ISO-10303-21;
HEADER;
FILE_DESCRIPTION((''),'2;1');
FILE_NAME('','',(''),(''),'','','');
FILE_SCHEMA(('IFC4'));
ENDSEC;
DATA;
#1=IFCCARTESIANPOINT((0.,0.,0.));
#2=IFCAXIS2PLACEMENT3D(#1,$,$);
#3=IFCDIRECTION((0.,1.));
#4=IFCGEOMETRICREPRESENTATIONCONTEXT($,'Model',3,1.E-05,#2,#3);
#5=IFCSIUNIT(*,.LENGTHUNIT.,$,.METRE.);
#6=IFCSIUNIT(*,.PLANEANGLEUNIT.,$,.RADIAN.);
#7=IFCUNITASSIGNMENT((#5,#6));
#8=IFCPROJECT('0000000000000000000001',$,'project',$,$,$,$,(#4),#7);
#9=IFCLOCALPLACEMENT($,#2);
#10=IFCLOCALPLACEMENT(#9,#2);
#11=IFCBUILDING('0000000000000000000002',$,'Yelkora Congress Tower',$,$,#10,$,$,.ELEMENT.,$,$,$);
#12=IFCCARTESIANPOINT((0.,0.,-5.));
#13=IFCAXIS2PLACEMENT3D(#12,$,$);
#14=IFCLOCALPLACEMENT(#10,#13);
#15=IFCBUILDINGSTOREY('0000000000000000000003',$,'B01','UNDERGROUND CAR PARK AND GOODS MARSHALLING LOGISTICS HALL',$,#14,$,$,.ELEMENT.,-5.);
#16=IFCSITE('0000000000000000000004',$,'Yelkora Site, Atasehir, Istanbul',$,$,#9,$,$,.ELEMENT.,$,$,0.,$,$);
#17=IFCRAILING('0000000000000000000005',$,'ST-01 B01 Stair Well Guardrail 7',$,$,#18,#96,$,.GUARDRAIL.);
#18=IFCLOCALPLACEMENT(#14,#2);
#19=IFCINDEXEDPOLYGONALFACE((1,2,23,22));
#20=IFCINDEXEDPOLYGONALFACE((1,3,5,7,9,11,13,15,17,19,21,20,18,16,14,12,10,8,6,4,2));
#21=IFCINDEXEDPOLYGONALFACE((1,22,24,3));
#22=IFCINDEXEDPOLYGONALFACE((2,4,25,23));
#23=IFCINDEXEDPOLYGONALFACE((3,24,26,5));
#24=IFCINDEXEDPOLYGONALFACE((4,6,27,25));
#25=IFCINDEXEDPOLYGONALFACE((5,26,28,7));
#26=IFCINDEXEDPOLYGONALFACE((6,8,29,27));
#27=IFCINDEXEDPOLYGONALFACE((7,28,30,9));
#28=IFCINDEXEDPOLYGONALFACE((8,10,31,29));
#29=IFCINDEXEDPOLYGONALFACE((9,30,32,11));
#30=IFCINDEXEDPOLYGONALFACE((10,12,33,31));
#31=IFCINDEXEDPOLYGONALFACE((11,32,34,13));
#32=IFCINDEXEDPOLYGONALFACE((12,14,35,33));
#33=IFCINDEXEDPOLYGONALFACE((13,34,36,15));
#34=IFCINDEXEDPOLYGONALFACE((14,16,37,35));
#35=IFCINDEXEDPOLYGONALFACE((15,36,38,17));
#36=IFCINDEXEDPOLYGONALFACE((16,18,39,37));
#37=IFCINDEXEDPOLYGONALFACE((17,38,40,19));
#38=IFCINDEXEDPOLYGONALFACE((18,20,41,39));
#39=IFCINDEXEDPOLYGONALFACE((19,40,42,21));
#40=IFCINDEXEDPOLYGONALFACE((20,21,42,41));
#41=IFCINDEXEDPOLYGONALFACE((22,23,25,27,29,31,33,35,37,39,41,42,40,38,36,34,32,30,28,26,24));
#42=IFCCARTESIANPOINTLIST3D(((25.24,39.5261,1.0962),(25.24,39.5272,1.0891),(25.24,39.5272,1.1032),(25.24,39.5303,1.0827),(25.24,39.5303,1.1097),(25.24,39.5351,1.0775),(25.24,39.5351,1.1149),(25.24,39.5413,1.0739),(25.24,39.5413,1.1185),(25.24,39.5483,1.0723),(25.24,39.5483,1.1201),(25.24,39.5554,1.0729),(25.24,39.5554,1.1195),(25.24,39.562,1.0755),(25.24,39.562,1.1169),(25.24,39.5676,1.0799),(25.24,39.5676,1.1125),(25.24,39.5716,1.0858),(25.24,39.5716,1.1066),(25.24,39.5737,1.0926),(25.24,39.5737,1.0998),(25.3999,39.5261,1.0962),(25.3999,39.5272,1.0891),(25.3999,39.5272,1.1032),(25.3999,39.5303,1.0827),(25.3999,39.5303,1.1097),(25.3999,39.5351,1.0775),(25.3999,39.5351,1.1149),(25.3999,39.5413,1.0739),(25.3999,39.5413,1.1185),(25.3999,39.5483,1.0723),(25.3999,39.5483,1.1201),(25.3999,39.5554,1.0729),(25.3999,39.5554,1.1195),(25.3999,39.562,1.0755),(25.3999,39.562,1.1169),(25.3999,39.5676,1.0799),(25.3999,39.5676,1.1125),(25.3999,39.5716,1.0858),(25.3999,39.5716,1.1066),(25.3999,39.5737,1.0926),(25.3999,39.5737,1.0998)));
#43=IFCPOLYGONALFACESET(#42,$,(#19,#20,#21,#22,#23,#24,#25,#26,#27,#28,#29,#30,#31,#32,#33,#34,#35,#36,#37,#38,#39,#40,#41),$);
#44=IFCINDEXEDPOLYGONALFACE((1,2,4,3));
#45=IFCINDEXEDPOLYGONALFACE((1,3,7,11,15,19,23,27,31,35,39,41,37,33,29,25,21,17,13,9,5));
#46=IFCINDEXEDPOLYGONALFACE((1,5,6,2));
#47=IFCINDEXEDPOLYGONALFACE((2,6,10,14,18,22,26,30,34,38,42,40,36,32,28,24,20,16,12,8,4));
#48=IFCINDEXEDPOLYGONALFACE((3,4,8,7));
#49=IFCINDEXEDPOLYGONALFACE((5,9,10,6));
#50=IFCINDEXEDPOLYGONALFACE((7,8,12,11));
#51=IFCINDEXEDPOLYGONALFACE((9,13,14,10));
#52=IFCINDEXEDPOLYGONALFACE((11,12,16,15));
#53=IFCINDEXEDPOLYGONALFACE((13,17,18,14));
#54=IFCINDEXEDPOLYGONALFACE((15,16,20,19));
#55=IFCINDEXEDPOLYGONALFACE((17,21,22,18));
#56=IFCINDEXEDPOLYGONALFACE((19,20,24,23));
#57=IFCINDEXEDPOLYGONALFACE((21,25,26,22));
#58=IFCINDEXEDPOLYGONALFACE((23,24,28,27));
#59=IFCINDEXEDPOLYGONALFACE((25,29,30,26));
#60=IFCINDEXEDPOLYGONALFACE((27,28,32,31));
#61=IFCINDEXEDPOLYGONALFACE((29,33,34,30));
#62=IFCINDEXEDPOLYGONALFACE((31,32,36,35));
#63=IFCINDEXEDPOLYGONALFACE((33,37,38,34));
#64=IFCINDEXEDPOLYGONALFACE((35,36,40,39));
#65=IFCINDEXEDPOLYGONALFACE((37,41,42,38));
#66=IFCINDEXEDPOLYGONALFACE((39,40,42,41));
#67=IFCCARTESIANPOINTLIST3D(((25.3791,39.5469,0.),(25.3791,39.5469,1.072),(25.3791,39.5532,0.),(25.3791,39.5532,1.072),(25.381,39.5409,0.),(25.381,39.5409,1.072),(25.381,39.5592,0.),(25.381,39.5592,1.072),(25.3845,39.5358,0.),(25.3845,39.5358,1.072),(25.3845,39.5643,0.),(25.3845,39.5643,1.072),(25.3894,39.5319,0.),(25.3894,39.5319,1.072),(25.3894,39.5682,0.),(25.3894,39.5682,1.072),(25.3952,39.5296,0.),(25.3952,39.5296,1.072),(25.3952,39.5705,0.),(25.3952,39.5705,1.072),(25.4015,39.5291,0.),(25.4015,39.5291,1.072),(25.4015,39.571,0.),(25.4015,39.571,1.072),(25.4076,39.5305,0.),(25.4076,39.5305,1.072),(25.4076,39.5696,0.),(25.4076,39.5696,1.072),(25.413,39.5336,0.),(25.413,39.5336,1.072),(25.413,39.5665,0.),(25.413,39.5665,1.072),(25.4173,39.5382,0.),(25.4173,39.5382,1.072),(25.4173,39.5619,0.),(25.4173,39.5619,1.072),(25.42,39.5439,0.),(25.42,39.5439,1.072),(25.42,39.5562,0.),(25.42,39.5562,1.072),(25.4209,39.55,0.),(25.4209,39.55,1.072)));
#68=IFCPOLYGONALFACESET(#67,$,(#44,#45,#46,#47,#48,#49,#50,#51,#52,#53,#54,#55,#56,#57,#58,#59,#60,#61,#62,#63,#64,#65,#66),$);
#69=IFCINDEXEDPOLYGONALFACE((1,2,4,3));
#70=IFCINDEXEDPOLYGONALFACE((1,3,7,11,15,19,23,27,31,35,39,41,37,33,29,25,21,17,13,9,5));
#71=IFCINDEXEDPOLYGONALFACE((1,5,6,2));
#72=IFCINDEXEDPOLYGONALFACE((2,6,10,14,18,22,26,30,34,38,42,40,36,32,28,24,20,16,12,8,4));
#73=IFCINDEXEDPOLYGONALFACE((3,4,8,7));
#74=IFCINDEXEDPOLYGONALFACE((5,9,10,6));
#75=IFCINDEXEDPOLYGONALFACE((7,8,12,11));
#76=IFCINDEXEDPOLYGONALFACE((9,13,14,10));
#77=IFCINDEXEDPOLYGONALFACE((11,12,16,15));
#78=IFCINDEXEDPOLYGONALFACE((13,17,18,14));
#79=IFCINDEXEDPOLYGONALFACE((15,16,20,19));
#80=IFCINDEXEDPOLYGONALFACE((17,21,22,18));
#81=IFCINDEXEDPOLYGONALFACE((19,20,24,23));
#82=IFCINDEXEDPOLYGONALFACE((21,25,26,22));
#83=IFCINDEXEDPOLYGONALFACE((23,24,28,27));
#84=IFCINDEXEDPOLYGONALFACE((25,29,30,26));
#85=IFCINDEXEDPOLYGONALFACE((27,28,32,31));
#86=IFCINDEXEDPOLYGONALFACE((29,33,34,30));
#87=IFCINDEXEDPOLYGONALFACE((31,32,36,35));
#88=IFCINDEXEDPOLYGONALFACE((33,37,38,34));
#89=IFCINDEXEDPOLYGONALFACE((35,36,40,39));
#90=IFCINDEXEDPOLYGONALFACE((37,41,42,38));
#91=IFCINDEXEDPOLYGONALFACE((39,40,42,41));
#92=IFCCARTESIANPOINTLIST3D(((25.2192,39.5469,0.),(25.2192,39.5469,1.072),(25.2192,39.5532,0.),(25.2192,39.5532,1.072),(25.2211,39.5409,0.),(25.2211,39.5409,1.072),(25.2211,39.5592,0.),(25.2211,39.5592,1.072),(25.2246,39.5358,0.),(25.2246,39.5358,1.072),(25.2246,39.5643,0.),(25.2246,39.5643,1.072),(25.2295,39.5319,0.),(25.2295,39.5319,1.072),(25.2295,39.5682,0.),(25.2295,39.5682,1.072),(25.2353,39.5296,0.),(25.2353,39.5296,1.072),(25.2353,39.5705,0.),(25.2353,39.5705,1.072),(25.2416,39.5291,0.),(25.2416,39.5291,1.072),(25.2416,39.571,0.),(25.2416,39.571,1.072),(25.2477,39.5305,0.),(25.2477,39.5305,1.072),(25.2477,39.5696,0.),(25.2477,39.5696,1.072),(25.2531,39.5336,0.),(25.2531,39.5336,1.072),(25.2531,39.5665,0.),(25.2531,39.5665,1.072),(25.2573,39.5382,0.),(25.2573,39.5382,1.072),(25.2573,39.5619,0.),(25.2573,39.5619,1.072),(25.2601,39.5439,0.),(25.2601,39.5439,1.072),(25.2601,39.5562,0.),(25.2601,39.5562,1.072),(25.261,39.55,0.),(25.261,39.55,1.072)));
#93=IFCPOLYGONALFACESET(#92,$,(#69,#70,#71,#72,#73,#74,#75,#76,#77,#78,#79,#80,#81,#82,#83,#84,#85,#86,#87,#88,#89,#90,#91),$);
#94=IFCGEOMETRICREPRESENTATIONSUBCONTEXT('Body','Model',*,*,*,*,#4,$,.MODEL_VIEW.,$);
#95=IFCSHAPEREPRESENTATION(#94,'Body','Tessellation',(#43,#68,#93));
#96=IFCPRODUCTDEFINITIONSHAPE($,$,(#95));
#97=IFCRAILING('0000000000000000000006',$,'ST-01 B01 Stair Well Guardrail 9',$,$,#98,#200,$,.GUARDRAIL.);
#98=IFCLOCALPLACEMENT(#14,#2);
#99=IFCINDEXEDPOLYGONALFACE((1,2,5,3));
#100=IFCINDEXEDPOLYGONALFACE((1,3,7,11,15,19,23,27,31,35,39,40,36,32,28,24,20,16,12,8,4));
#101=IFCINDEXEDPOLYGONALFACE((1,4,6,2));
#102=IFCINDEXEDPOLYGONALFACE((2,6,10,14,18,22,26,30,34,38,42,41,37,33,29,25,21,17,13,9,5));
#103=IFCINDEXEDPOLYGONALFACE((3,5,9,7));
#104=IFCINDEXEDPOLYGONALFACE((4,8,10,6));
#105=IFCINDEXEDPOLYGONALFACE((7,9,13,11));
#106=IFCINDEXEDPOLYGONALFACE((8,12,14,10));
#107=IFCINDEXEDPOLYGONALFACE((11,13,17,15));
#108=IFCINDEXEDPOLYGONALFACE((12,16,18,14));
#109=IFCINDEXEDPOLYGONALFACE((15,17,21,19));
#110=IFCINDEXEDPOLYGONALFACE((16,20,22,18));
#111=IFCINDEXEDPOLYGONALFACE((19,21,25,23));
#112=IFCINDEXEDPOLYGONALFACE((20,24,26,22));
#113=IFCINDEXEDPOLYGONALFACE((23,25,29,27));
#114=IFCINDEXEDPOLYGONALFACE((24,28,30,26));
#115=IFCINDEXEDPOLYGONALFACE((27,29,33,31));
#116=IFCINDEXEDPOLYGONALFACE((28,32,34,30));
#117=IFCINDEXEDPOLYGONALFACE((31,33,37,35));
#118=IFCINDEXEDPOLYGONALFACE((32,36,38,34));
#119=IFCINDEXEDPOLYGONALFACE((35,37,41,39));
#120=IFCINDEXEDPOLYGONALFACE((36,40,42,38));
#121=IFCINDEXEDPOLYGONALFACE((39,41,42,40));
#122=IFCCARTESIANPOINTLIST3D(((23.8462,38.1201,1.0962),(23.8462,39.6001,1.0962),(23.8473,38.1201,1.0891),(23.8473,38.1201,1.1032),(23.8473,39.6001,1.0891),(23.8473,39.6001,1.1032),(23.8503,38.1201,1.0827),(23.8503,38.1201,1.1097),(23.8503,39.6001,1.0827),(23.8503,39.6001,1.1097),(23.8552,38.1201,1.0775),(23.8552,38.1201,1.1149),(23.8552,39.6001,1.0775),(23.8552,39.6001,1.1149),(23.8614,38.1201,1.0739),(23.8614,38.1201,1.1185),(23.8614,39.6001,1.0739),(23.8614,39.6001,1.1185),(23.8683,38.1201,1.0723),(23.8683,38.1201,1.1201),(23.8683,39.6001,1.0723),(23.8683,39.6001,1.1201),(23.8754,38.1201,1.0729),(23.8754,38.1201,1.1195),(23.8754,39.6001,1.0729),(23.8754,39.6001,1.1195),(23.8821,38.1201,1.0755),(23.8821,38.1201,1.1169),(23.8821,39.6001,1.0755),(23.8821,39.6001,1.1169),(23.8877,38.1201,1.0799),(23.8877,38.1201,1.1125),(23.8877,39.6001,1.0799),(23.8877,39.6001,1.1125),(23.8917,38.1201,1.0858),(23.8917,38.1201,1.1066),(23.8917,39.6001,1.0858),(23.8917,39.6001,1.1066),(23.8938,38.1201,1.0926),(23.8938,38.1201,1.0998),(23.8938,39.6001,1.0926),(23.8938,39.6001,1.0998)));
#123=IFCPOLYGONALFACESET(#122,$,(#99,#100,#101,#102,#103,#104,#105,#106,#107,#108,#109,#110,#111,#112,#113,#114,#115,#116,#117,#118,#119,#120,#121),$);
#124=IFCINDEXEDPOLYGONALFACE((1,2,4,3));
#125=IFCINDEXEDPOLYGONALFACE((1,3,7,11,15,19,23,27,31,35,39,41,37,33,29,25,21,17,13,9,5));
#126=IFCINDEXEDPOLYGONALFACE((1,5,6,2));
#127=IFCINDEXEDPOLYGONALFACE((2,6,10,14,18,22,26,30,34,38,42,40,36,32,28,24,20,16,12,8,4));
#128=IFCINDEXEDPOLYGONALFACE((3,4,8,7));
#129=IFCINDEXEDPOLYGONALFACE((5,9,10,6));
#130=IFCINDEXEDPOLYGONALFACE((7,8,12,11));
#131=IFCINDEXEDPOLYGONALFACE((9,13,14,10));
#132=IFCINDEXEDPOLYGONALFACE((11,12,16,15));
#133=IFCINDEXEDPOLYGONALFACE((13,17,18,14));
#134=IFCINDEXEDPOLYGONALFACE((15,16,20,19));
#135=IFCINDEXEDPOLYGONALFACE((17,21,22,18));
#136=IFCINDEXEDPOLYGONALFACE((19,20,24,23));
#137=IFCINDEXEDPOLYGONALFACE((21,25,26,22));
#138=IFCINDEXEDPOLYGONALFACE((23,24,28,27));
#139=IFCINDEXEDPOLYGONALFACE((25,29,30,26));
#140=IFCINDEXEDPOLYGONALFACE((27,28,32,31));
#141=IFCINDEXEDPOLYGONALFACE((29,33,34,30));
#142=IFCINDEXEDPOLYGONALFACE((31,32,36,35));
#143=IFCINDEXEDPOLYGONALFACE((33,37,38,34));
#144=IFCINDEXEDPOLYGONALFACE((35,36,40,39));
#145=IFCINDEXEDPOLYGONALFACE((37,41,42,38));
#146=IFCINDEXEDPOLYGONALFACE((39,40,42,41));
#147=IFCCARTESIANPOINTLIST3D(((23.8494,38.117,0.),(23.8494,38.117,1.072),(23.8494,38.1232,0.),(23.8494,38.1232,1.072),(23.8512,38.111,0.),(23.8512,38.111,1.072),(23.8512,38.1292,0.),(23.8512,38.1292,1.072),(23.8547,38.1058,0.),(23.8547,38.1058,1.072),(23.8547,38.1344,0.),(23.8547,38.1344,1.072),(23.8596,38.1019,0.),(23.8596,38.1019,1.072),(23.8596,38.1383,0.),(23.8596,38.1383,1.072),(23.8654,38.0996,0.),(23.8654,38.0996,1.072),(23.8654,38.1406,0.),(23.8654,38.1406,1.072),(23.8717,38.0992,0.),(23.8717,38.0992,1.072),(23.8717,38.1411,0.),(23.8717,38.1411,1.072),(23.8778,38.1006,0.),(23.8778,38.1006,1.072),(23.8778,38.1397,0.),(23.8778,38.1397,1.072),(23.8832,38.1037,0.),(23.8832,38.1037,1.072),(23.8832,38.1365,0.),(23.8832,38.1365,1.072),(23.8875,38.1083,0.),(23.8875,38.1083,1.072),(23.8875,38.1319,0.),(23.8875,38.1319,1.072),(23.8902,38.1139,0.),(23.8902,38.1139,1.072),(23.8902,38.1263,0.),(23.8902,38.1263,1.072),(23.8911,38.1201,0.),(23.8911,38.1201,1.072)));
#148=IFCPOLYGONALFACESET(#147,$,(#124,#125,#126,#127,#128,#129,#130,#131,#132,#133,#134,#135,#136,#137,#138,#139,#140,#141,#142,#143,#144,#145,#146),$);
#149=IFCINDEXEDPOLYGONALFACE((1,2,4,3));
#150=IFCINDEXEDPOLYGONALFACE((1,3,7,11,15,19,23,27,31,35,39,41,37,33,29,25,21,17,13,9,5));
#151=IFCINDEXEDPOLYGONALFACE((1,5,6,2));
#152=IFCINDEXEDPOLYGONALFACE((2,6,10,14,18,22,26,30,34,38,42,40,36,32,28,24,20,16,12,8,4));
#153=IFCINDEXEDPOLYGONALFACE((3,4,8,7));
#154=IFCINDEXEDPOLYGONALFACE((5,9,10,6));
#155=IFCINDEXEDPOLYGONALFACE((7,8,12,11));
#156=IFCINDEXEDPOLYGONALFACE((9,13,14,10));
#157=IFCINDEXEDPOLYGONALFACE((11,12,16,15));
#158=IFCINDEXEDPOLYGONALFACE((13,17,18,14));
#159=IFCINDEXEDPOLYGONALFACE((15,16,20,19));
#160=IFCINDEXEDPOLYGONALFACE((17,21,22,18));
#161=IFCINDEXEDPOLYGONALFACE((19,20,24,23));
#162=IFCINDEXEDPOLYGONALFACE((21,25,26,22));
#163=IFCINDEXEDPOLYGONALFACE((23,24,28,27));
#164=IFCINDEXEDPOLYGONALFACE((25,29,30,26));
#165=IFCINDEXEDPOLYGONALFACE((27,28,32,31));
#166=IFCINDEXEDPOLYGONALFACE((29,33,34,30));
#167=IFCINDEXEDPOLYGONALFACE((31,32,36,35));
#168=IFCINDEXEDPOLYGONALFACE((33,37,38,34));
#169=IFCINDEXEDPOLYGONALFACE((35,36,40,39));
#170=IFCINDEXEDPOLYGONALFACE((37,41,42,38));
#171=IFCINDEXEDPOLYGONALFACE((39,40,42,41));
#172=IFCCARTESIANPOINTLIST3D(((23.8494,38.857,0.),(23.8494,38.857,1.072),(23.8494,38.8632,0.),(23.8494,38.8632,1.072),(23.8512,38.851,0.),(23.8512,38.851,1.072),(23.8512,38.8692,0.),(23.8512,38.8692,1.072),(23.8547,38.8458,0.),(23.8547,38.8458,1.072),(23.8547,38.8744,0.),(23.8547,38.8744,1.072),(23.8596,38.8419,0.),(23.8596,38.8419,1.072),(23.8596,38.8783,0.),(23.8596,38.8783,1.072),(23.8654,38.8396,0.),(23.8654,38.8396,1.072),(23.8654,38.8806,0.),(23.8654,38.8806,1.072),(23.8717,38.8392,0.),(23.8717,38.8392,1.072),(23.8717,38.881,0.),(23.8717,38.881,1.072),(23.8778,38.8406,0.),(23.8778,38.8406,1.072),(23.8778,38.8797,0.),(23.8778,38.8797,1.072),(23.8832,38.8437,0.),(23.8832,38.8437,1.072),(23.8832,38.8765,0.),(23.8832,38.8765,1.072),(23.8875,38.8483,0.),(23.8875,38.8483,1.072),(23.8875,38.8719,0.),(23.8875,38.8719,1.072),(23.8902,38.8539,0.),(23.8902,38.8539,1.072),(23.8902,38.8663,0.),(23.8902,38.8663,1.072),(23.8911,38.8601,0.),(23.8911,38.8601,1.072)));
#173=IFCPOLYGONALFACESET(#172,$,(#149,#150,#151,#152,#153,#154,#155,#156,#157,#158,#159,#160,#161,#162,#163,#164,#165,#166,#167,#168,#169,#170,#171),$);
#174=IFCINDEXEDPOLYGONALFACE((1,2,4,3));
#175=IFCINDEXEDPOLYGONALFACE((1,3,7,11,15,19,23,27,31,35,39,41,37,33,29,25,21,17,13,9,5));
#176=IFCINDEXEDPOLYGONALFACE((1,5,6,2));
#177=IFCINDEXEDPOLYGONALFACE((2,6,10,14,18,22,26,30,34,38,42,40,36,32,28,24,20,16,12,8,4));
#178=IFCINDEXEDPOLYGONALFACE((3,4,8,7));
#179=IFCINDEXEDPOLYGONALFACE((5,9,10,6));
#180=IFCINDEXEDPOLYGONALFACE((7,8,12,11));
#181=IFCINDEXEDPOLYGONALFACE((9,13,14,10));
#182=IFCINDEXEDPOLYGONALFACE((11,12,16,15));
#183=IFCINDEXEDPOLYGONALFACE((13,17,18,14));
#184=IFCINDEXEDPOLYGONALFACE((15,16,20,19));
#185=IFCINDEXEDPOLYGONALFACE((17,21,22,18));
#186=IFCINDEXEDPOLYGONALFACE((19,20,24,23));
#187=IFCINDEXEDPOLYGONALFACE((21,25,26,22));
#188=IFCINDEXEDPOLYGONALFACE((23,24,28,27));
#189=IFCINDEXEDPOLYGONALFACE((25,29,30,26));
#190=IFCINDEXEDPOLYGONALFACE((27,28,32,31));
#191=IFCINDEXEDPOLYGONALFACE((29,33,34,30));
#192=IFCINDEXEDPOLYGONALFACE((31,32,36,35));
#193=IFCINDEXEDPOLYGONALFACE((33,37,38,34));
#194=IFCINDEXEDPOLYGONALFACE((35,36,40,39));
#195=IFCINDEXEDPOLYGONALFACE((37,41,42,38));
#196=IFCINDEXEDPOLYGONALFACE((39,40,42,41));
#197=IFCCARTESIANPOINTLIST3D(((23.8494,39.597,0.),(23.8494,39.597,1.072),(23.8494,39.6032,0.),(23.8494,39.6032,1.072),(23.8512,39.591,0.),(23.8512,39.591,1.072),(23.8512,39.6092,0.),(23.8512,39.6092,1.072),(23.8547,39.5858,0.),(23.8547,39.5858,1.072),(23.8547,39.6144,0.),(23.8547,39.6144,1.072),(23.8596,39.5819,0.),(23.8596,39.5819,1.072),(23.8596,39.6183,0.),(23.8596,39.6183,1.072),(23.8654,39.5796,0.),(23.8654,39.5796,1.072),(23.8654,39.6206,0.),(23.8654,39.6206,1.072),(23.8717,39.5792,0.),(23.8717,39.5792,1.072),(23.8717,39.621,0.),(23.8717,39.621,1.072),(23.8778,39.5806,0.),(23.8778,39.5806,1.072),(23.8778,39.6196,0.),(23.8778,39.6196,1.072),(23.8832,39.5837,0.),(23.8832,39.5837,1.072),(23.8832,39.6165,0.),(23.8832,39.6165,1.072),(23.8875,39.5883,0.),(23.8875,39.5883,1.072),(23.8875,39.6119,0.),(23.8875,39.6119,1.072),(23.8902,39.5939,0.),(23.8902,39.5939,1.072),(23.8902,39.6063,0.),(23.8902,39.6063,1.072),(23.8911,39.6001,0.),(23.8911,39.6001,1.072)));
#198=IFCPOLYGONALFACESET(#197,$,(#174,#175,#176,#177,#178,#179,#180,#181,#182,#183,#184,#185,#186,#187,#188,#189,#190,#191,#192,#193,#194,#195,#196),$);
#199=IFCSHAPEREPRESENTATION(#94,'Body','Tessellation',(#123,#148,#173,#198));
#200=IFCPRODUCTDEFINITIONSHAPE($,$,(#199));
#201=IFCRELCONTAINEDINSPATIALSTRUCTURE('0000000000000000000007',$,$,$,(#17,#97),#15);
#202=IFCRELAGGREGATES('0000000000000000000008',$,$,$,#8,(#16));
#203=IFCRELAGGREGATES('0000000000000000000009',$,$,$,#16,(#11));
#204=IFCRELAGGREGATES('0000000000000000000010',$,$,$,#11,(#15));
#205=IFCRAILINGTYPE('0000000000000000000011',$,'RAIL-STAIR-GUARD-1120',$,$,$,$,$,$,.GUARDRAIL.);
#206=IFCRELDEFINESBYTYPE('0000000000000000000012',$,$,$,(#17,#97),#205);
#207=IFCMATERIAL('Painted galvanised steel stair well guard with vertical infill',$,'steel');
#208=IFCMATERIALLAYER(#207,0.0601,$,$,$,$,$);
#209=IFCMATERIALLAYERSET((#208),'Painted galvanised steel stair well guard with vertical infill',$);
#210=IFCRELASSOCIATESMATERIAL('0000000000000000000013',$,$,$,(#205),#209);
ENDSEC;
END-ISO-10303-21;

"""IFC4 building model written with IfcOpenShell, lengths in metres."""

from ifc_helpers import new_model, si_unit, direction, frame, origin, origin_2d, place, context, subcontext, project, spatial, circle, extrude, material, layer, layer_set, type_object, element, save


model = new_model("IFC4")

# Units and contexts
model_context = context("Model", 3, precision=1e-05, world=origin(), true_north=direction((0.0, 1.0)))
body_context = subcontext(model_context, "Body", "Model", "MODEL_VIEW")
ifc_project = project(units=[si_unit("LENGTHUNIT", "METRE"), si_unit("PLANEANGLEUNIT", "RADIAN")], contexts=[model_context])

# Site, building, storey
site_placement = place(None, origin())
site = spatial("IfcSite", under=ifc_project, at=site_placement, Name="Yelkora Site, Atasehir, Istanbul", CompositionType="ELEMENT", RefElevation=0.0)
building_placement = place(site_placement, origin())
building = spatial("IfcBuilding", under=site, at=building_placement, Name="Yelkora Congress Tower", CompositionType="ELEMENT")
storey_placement = place(building_placement, frame((0.0, 0.0, -5.0)))
storey = spatial("IfcBuildingStorey", under=building, at=storey_placement, Name="B01", Description="UNDERGROUND CAR PARK AND GOODS MARSHALLING LOGISTICS HALL", CompositionType="ELEMENT", Elevation=-5.0)

# Railings
ifc_material_1 = material(Name="Painted galvanised steel stair well guard with vertical infill", Category="steel")
ifc_layer_1 = layer(ifc_material_1, 0.0601)
ifc_layer_set_1 = layer_set([ifc_layer_1], Name="Painted galvanised steel stair well guard with vertical infill")
railing_type = type_object("IfcRailingType", Name="RAIL-STAIR-GUARD-1120", PredefinedType="GUARDRAIL", material=ifc_layer_set_1)
railing_1_placement = place(storey_placement, frame((25.3999, 39.55, 0.0)))
element("IfcRailing", 1, at=railing_1_placement, inside=storey, type_object=railing_type, Name="ST-01 B01 Stair Well Guardrail 7", PredefinedType="GUARDRAIL", context=body_context, shape_type="SweptSolid", body=[
    extrude(circle(Radius=0.0239, at=origin_2d()), frame((0.0, 0.0, 1.0962), z_axis=(-1.0, 0.0, 0.0), x_axis=(0.0, -1.0, 0.0)), (0.0, 0.0, 1.0), 0.1599),
    extrude(circle(Radius=0.021, at=origin_2d()), origin(), (0.0, 0.0, 1.0), 1.072),
    extrude(circle(Radius=0.021, at=origin_2d()), frame((-0.1599, 0.0, 0.0)), (0.0, 0.0, 1.0), 1.072),
])
railing_2_placement = place(storey_placement, frame((23.8701, 38.1201, 0.0)))
element("IfcRailing", 2, at=railing_2_placement, inside=storey, type_object=railing_type, Name="ST-01 B01 Stair Well Guardrail 9", PredefinedType="GUARDRAIL", context=body_context, shape_type="SweptSolid", body=[
    extrude(circle(Radius=0.0239, at=origin_2d()), frame((0.0, 0.0, 1.0962), z_axis=(0.0, 1.0, 0.0), x_axis=(-1.0, 0.0, 0.0)), (0.0, 0.0, 1.0), 1.48),
    extrude(circle(Radius=0.021, at=origin_2d()), origin(), (0.0, 0.0, 1.0), 1.072),
    extrude(circle(Radius=0.021, at=origin_2d()), frame((0.0, 0.74, 0.0)), (0.0, 0.0, 1.0), 1.072),
    extrude(circle(Radius=0.021, at=origin_2d()), frame((0.0, 1.48, 0.0)), (0.0, 0.0, 1.0), 1.072),
])

save(model, "model.ifc")
